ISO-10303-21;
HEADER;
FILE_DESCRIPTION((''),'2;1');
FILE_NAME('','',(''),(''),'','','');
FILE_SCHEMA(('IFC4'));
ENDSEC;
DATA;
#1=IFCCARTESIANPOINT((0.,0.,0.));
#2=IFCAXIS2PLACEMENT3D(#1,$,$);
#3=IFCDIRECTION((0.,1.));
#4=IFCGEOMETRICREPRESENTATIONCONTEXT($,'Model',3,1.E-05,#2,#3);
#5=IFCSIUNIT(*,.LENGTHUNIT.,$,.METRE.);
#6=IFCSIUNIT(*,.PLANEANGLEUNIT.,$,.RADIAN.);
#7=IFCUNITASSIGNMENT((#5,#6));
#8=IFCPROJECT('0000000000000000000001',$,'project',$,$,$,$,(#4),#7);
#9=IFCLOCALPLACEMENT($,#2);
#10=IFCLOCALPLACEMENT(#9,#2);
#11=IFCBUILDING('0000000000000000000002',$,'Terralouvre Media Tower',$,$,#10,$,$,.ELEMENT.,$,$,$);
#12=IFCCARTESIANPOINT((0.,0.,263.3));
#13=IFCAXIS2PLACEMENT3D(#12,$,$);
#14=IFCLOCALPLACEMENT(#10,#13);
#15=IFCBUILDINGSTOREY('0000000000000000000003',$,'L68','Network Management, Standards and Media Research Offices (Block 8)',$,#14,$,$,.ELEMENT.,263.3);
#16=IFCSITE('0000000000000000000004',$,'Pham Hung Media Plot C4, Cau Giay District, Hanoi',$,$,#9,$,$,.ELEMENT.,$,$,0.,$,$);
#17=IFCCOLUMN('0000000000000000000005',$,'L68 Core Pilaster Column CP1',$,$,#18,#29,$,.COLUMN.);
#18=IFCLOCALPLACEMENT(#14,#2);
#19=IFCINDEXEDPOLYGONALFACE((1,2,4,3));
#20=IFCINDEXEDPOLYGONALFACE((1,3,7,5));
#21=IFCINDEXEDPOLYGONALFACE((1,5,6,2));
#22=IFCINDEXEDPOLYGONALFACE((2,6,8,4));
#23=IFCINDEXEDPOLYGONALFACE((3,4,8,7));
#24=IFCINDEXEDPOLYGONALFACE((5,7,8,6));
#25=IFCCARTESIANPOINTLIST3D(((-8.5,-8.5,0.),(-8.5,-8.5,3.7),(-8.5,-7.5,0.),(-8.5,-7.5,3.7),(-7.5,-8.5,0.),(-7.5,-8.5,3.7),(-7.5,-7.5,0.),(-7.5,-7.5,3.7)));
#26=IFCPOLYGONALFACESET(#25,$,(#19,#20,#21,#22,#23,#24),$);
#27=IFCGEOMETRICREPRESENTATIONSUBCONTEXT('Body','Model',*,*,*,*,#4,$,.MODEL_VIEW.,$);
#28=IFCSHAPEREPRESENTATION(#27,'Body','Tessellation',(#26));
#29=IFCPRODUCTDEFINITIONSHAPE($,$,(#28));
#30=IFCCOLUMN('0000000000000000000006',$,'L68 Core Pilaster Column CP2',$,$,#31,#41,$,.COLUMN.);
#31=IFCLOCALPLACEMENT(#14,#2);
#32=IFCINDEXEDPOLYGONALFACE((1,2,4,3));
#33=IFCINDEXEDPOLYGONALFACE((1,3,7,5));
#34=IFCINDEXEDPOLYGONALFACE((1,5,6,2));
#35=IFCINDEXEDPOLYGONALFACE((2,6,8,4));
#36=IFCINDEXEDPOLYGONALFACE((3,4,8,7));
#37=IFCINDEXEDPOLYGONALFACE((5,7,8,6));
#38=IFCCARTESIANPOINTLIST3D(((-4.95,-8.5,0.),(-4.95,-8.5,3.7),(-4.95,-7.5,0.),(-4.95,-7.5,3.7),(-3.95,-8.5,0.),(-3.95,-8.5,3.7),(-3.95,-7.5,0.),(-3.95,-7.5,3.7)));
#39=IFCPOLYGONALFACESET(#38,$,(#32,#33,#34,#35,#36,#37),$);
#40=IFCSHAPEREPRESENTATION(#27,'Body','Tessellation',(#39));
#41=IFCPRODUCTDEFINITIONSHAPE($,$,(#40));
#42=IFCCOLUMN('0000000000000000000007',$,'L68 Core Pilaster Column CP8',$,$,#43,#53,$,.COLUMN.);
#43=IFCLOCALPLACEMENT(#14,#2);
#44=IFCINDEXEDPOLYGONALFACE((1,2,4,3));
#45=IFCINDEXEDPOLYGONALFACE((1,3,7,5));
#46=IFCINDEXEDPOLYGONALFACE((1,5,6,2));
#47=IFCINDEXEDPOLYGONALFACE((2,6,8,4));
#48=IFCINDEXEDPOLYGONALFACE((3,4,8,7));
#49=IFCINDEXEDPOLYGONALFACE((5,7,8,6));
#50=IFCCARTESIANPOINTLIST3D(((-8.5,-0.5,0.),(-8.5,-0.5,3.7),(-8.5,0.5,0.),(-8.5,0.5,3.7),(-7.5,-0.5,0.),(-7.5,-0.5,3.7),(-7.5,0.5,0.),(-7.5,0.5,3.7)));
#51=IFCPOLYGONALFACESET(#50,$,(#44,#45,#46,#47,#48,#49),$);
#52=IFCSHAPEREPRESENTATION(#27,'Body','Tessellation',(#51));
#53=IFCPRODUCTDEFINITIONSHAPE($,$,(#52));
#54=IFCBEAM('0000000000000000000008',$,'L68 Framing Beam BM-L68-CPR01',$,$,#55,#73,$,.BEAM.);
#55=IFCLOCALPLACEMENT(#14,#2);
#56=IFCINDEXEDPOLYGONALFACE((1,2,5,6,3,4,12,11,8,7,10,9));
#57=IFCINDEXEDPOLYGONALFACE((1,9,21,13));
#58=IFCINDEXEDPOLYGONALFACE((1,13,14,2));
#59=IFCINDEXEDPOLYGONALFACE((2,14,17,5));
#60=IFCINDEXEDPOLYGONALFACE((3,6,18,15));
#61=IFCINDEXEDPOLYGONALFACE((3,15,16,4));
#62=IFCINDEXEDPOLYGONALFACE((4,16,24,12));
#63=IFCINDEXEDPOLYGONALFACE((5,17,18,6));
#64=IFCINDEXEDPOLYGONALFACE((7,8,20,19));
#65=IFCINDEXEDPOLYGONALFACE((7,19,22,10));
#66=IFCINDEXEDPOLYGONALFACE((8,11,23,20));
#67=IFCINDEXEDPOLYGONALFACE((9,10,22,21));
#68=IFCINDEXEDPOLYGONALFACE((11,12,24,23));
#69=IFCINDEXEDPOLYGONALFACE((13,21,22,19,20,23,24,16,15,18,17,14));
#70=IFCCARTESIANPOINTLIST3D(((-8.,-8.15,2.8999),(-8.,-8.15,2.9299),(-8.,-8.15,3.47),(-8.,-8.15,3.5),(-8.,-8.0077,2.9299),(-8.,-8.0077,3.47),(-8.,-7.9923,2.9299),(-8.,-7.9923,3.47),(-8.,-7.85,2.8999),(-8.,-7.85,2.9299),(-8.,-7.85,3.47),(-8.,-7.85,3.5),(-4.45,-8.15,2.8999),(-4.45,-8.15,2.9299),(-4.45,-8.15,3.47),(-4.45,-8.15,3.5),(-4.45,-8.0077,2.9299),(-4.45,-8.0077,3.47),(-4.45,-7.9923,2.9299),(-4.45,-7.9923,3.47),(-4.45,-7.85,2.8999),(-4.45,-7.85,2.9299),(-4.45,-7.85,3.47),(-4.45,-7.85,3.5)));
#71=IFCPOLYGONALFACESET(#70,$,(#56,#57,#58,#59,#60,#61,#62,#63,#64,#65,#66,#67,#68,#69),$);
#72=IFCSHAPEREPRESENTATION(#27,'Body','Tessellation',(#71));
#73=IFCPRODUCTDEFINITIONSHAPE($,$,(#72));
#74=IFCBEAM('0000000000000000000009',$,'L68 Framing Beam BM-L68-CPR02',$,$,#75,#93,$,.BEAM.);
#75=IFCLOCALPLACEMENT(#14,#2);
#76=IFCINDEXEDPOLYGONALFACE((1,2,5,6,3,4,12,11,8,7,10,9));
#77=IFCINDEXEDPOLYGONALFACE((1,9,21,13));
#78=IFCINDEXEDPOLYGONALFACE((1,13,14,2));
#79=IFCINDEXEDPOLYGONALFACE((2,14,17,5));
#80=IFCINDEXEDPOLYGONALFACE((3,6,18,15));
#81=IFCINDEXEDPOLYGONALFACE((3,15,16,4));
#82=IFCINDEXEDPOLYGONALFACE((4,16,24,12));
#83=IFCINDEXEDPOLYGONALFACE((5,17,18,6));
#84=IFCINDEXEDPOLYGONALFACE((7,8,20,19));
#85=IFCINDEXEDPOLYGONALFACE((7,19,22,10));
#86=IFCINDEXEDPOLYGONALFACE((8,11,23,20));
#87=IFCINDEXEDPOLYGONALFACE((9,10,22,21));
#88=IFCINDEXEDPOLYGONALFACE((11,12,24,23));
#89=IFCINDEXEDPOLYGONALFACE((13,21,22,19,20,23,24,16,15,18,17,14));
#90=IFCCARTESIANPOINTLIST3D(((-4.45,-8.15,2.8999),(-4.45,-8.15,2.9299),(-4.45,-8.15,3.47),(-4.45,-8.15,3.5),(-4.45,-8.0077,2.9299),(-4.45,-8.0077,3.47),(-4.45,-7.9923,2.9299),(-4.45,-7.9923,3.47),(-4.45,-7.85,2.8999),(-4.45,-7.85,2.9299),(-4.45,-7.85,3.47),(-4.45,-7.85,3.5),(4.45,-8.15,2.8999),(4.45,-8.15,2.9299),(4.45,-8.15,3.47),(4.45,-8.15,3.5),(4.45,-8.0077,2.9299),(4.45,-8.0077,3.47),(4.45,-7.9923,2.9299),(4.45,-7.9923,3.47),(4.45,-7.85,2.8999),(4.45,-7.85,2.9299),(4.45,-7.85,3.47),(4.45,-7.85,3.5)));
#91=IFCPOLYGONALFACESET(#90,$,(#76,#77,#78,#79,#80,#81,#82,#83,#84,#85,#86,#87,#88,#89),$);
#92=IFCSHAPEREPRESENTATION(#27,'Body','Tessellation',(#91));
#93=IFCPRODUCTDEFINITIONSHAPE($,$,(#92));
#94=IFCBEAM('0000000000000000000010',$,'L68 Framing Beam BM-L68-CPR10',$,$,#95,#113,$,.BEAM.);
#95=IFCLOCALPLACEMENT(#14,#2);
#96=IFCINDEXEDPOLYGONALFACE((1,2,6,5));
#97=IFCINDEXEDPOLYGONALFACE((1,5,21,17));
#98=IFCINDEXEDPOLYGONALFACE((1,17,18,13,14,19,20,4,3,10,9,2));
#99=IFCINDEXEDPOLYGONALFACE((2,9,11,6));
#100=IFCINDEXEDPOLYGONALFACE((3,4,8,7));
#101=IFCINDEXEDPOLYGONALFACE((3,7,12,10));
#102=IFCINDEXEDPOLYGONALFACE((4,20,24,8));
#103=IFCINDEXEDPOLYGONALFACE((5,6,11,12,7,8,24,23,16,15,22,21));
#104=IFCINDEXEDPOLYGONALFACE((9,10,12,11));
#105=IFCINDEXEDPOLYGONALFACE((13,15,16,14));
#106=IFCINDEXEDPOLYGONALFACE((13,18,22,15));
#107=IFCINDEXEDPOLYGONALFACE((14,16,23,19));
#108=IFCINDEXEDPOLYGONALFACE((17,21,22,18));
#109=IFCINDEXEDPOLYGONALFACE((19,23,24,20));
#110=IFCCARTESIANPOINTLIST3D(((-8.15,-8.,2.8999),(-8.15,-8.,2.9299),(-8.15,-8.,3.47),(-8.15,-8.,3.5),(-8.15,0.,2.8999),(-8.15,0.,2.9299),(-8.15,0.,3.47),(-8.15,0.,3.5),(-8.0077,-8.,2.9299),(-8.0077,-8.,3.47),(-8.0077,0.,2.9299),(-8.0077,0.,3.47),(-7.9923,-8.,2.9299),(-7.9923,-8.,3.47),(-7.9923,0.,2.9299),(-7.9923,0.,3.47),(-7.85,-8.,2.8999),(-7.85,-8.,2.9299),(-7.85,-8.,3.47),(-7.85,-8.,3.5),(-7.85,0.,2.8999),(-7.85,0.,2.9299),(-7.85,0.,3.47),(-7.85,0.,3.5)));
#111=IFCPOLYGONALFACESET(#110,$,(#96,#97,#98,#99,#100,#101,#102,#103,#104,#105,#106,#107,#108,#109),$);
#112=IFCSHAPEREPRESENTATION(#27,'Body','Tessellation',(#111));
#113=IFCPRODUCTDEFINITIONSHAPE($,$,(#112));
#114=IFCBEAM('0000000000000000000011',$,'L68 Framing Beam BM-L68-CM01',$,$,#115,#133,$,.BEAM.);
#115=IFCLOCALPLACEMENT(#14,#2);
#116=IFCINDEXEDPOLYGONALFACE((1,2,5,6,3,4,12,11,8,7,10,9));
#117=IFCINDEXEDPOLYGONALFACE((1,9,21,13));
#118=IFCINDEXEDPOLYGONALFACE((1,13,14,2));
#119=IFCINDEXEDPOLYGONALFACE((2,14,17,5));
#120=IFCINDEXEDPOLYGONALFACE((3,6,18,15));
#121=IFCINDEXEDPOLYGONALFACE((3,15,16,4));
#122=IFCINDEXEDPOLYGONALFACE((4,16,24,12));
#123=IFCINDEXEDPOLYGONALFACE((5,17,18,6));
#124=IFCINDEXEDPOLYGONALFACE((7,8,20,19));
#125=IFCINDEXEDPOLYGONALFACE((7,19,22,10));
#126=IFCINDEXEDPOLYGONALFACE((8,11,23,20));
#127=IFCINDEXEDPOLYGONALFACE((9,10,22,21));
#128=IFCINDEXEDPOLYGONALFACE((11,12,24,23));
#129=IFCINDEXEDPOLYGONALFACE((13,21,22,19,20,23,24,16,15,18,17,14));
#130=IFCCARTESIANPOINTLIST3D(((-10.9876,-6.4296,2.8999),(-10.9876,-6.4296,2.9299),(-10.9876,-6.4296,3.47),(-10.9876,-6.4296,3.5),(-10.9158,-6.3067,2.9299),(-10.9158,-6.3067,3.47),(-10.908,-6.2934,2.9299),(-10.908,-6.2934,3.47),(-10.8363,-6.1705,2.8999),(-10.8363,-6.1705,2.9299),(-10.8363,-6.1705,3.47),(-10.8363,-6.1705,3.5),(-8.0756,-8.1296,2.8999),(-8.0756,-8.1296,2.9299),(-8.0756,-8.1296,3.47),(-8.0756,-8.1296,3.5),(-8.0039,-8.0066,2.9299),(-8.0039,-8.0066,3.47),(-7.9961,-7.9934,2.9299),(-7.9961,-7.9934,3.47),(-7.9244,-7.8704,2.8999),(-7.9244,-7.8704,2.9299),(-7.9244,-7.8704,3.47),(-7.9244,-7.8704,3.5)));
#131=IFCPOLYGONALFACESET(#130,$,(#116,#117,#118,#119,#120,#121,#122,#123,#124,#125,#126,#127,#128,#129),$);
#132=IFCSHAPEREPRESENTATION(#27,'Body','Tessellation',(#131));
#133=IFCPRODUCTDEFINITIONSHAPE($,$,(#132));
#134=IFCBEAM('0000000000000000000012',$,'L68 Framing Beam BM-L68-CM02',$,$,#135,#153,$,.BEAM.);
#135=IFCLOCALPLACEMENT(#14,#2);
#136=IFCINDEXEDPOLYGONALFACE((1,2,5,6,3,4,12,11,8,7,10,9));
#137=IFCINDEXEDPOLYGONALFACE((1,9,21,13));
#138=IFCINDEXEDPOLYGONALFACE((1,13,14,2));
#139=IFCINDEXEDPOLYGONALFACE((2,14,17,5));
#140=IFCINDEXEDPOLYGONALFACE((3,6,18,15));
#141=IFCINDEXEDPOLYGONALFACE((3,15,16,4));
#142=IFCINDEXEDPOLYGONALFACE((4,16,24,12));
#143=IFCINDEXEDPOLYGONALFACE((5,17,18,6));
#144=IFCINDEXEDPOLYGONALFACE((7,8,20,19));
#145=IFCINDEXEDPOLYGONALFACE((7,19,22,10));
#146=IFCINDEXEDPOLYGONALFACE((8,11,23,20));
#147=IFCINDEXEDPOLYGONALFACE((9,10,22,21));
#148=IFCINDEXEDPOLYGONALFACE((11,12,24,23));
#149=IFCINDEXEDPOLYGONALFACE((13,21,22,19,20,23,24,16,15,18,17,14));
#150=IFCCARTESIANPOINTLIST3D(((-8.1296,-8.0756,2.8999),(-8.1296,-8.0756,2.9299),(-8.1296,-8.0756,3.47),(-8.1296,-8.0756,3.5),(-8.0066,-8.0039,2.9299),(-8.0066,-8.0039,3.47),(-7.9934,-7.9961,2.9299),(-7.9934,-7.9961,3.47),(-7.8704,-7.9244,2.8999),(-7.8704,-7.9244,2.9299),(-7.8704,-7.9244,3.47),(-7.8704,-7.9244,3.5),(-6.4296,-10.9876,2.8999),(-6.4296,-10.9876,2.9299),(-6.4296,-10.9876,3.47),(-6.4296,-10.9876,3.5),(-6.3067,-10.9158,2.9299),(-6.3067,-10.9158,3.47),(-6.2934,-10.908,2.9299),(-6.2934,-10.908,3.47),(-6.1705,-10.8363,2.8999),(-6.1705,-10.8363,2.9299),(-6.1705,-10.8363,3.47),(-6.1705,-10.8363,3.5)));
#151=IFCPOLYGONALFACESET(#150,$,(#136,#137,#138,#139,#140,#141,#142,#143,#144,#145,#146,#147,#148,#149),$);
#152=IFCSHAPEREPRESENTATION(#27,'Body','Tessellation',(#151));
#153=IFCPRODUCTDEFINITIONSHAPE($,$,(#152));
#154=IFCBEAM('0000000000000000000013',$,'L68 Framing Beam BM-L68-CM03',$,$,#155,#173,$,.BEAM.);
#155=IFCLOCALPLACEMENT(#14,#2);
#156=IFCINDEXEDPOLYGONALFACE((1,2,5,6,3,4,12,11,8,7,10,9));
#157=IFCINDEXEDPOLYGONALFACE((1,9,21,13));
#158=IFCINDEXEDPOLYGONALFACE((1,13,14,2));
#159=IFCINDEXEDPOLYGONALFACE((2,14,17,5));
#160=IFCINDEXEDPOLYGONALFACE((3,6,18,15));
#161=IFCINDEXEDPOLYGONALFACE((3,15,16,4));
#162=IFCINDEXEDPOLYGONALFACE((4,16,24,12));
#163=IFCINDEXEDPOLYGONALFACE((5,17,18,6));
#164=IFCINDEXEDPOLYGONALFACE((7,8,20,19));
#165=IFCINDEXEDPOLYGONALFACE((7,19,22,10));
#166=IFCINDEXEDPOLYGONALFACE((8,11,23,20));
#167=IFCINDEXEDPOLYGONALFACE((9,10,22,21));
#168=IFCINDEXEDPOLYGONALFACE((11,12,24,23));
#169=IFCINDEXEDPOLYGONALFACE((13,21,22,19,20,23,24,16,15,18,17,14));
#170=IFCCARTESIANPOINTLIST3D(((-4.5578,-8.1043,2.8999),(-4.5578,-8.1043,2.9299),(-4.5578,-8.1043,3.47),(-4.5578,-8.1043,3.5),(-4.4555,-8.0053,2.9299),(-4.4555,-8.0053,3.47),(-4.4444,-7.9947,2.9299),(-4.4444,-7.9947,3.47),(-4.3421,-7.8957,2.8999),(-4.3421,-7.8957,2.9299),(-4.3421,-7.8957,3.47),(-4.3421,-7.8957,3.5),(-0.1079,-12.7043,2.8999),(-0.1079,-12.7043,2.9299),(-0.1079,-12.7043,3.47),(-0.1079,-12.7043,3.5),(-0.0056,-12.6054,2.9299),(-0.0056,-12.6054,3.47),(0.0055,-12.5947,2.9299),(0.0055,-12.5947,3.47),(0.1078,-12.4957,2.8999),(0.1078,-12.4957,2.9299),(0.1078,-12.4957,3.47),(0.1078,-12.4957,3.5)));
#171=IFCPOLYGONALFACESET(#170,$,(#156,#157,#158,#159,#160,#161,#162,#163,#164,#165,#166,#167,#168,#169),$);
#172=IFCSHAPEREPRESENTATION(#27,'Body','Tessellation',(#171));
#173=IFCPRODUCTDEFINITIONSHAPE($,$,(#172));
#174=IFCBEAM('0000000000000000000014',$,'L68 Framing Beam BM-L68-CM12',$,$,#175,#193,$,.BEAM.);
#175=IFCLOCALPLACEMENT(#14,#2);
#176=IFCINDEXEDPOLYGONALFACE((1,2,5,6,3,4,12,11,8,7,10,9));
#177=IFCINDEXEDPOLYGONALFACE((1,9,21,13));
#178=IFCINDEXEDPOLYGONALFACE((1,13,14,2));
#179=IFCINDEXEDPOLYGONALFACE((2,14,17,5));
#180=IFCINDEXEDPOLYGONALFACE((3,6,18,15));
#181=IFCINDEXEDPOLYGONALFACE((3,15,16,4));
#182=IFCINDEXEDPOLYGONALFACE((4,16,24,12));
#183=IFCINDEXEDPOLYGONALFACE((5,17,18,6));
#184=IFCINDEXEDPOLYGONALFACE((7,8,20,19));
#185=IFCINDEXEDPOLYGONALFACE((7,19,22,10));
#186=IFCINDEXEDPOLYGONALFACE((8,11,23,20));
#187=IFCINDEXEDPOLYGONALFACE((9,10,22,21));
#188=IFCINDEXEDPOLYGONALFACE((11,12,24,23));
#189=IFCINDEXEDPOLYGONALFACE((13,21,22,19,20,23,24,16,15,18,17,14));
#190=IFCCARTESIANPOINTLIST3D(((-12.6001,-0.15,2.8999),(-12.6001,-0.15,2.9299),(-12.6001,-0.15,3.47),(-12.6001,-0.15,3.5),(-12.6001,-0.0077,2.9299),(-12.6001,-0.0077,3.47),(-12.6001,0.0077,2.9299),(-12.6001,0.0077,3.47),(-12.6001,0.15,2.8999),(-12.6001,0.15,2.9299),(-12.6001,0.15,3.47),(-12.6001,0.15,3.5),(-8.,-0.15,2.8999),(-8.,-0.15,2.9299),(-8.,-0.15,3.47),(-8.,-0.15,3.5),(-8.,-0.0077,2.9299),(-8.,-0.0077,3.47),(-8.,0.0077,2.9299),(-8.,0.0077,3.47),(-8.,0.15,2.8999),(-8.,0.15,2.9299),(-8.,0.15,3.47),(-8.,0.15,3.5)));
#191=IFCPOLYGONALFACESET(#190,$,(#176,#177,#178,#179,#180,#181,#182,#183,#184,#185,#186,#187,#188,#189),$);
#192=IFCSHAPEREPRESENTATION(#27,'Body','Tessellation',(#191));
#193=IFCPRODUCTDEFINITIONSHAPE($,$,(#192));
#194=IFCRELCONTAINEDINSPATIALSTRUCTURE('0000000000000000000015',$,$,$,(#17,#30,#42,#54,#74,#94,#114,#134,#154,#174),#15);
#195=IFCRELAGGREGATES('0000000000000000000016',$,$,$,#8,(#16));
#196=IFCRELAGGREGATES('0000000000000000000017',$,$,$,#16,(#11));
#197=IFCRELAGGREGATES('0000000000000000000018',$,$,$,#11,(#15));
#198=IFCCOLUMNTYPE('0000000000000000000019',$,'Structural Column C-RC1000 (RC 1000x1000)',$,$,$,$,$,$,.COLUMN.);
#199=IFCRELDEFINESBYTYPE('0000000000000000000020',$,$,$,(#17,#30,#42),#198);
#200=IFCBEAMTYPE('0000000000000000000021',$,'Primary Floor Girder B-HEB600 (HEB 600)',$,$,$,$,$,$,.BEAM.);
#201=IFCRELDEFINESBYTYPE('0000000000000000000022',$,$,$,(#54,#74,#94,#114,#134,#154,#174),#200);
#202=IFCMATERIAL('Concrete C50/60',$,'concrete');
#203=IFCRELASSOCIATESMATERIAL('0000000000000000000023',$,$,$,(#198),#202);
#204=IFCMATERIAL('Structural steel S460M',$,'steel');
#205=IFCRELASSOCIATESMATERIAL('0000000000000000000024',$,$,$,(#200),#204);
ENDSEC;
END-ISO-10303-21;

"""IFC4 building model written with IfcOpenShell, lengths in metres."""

from ifc_helpers import new_model, si_unit, direction, frame, origin, origin_2d, place, context, subcontext, project, spatial, rectangle, i_section, extrude, material, material_profile, profile_set, type_object, element, save


model = new_model("IFC4")

# Units and contexts
model_context = context("Model", 3, precision=1e-05, world=origin(), true_north=direction((0.0, 1.0)))
body_context = subcontext(model_context, "Body", "Model", "MODEL_VIEW")
ifc_project = project(units=[si_unit("LENGTHUNIT", "METRE"), si_unit("PLANEANGLEUNIT", "RADIAN")], contexts=[model_context])

# Site, building, storey
site_placement = place(None, origin())
site = spatial("IfcSite", under=ifc_project, at=site_placement, Name="Pham Hung Media Plot C4, Cau Giay District, Hanoi", CompositionType="ELEMENT", RefElevation=0.0)
building_placement = place(site_placement, origin())
building = spatial("IfcBuilding", under=site, at=building_placement, Name="Terralouvre Media Tower", CompositionType="ELEMENT")
storey_placement = place(building_placement, frame((0.0, 0.0, 263.3)))
storey = spatial("IfcBuildingStorey", under=building, at=storey_placement, Name="L68", Description="Network Management, Standards and Media Research Offices (Block 8)", CompositionType="ELEMENT", Elevation=263.3)

# Columns
ifc_material_1 = material(Name="Concrete C50/60", Category="concrete")
ifc_material_profile_1 = material_profile(ifc_material_1, rectangle(XDim=1.0, YDim=1.0, at=origin_2d()), Name="RC 1000x1000")
ifc_profile_set_1 = profile_set([ifc_material_profile_1], Name="Concrete C50/60")
column_type = type_object("IfcColumnType", Name="Structural Column C-RC1000 (RC 1000x1000)", PredefinedType="COLUMN", material=ifc_profile_set_1)
for number, where, z_axis, x_axis, name in (
    (1, (-8.0, -8.0, 0.0), (0.0, 0.0, 1.0), (1.0, 0.0, 0.0), "L68 Core Pilaster Column CP1"),
    (2, (-4.45, -8.0, 0.0), (0.0, 0.0, 1.0), (1.0, 0.0, 0.0), "L68 Core Pilaster Column CP2"),
    (3, (-8.0, 0.0, 0.0), (0.0, 0.0, 1.0), (1.0, 0.0, 0.0), "L68 Core Pilaster Column CP8"),
):
    element("IfcColumn", number, at=place(storey_placement, frame(where, z_axis=z_axis, x_axis=x_axis)), inside=storey, type_object=column_type, Name=name, PredefinedType="COLUMN", context=body_context, shape_type="SweptSolid", body=[
        extrude(rectangle(XDim=1.0, YDim=1.0, at=origin_2d()), origin(), (0.0, 0.0, 1.0), 3.7),
    ])

# Beams
ifc_material_2 = material(Name="Structural steel S460M", Category="steel")
ifc_material_profile_2 = material_profile(ifc_material_2, i_section(OverallWidth=0.3, OverallDepth=0.6001, WebThickness=0.0154, FlangeThickness=0.03, at=origin_2d()), Name="HEB 600")
ifc_profile_set_2 = profile_set([ifc_material_profile_2], Name="Structural steel S460M")
beam_type = type_object("IfcBeamType", Name="Primary Floor Girder B-HEB600 (HEB 600)", PredefinedType="BEAM", material=ifc_profile_set_2)
beam_1_placement = place(storey_placement, frame((-8.0, -8.0, 3.2), z_axis=(1.0, 0.0, 0.0), x_axis=(0.0, 1.0, 0.0)))
element("IfcBeam", 4, at=beam_1_placement, inside=storey, type_object=beam_type, Name="L68 Framing Beam BM-L68-CPR01", PredefinedType="BEAM", context=body_context, shape_type="SweptSolid", body=[
    extrude(i_section(OverallWidth=0.3, OverallDepth=0.6001, WebThickness=0.0154, FlangeThickness=0.03, at=origin_2d()), origin(), (0.0, 0.0, 1.0), 3.55),
])
beam_2_placement = place(storey_placement, frame((-4.45, -8.0, 3.2), z_axis=(1.0, 0.0, 0.0), x_axis=(0.0, 1.0, 0.0)))
element("IfcBeam", 5, at=beam_2_placement, inside=storey, type_object=beam_type, Name="L68 Framing Beam BM-L68-CPR02", PredefinedType="BEAM", context=body_context, shape_type="SweptSolid", body=[
    extrude(i_section(OverallWidth=0.3, OverallDepth=0.6001, WebThickness=0.0154, FlangeThickness=0.03, at=origin_2d()), origin(), (0.0, 0.0, 1.0), 8.8999),
])
beam_3_placement = place(storey_placement, frame((-8.0, 0.0, 3.2), z_axis=(0.0, -1.0, 0.0), x_axis=(1.0, 0.0, 0.0)))
element("IfcBeam", 6, at=beam_3_placement, inside=storey, type_object=beam_type, Name="L68 Framing Beam BM-L68-CPR10", PredefinedType="BEAM", context=body_context, shape_type="SweptSolid", body=[
    extrude(i_section(OverallWidth=0.3, OverallDepth=0.6001, WebThickness=0.0154, FlangeThickness=0.03, at=origin_2d()), origin(), (0.0, 0.0, 1.0), 8.0),
])
for number, where, z_axis, x_axis, name in (
    (7, (-8.0, -8.0, 3.2), (-0.863603, 0.504173, 0.0), (-0.504173, -0.863603, 0.0), "L68 Framing Beam BM-L68-CM01"),
    (8, (-8.0, -8.0, 3.2), (0.504173, -0.863603, 0.0), (0.863603, 0.504173, 0.0), "L68 Framing Beam BM-L68-CM02"),
):
    element("IfcBeam", number, at=place(storey_placement, frame(where, z_axis=z_axis, x_axis=x_axis)), inside=storey, type_object=beam_type, Name=name, PredefinedType="BEAM", context=body_context, shape_type="SweptSolid", body=[
        extrude(i_section(OverallWidth=0.3, OverallDepth=0.6001, WebThickness=0.0154, FlangeThickness=0.03, at=origin_2d()), origin(), (0.0, 0.0, 1.0), 3.3718),
    ])
beam_4_placement = place(storey_placement, frame((-4.45, -8.0, 3.2), z_axis=(0.69528, -0.718739, 0.0), x_axis=(0.718739, 0.69528, 0.0)))
element("IfcBeam", 9, at=beam_4_placement, inside=storey, type_object=beam_type, Name="L68 Framing Beam BM-L68-CM03", PredefinedType="BEAM", context=body_context, shape_type="SweptSolid", body=[
    extrude(i_section(OverallWidth=0.3, OverallDepth=0.6001, WebThickness=0.0154, FlangeThickness=0.03, at=origin_2d()), origin(), (0.0, 0.0, 1.0), 6.4001),
])
beam_5_placement = place(storey_placement, frame((-8.0, 0.0, 3.2), z_axis=(-1.0, 0.0, 0.0), x_axis=(0.0, -1.0, 0.0)))
element("IfcBeam", 10, at=beam_5_placement, inside=storey, type_object=beam_type, Name="L68 Framing Beam BM-L68-CM12", PredefinedType="BEAM", context=body_context, shape_type="SweptSolid", body=[
    extrude(i_section(OverallWidth=0.3, OverallDepth=0.6001, WebThickness=0.0154, FlangeThickness=0.03, at=origin_2d()), origin(), (0.0, 0.0, 1.0), 4.6001),
])

save(model, "model.ifc")
